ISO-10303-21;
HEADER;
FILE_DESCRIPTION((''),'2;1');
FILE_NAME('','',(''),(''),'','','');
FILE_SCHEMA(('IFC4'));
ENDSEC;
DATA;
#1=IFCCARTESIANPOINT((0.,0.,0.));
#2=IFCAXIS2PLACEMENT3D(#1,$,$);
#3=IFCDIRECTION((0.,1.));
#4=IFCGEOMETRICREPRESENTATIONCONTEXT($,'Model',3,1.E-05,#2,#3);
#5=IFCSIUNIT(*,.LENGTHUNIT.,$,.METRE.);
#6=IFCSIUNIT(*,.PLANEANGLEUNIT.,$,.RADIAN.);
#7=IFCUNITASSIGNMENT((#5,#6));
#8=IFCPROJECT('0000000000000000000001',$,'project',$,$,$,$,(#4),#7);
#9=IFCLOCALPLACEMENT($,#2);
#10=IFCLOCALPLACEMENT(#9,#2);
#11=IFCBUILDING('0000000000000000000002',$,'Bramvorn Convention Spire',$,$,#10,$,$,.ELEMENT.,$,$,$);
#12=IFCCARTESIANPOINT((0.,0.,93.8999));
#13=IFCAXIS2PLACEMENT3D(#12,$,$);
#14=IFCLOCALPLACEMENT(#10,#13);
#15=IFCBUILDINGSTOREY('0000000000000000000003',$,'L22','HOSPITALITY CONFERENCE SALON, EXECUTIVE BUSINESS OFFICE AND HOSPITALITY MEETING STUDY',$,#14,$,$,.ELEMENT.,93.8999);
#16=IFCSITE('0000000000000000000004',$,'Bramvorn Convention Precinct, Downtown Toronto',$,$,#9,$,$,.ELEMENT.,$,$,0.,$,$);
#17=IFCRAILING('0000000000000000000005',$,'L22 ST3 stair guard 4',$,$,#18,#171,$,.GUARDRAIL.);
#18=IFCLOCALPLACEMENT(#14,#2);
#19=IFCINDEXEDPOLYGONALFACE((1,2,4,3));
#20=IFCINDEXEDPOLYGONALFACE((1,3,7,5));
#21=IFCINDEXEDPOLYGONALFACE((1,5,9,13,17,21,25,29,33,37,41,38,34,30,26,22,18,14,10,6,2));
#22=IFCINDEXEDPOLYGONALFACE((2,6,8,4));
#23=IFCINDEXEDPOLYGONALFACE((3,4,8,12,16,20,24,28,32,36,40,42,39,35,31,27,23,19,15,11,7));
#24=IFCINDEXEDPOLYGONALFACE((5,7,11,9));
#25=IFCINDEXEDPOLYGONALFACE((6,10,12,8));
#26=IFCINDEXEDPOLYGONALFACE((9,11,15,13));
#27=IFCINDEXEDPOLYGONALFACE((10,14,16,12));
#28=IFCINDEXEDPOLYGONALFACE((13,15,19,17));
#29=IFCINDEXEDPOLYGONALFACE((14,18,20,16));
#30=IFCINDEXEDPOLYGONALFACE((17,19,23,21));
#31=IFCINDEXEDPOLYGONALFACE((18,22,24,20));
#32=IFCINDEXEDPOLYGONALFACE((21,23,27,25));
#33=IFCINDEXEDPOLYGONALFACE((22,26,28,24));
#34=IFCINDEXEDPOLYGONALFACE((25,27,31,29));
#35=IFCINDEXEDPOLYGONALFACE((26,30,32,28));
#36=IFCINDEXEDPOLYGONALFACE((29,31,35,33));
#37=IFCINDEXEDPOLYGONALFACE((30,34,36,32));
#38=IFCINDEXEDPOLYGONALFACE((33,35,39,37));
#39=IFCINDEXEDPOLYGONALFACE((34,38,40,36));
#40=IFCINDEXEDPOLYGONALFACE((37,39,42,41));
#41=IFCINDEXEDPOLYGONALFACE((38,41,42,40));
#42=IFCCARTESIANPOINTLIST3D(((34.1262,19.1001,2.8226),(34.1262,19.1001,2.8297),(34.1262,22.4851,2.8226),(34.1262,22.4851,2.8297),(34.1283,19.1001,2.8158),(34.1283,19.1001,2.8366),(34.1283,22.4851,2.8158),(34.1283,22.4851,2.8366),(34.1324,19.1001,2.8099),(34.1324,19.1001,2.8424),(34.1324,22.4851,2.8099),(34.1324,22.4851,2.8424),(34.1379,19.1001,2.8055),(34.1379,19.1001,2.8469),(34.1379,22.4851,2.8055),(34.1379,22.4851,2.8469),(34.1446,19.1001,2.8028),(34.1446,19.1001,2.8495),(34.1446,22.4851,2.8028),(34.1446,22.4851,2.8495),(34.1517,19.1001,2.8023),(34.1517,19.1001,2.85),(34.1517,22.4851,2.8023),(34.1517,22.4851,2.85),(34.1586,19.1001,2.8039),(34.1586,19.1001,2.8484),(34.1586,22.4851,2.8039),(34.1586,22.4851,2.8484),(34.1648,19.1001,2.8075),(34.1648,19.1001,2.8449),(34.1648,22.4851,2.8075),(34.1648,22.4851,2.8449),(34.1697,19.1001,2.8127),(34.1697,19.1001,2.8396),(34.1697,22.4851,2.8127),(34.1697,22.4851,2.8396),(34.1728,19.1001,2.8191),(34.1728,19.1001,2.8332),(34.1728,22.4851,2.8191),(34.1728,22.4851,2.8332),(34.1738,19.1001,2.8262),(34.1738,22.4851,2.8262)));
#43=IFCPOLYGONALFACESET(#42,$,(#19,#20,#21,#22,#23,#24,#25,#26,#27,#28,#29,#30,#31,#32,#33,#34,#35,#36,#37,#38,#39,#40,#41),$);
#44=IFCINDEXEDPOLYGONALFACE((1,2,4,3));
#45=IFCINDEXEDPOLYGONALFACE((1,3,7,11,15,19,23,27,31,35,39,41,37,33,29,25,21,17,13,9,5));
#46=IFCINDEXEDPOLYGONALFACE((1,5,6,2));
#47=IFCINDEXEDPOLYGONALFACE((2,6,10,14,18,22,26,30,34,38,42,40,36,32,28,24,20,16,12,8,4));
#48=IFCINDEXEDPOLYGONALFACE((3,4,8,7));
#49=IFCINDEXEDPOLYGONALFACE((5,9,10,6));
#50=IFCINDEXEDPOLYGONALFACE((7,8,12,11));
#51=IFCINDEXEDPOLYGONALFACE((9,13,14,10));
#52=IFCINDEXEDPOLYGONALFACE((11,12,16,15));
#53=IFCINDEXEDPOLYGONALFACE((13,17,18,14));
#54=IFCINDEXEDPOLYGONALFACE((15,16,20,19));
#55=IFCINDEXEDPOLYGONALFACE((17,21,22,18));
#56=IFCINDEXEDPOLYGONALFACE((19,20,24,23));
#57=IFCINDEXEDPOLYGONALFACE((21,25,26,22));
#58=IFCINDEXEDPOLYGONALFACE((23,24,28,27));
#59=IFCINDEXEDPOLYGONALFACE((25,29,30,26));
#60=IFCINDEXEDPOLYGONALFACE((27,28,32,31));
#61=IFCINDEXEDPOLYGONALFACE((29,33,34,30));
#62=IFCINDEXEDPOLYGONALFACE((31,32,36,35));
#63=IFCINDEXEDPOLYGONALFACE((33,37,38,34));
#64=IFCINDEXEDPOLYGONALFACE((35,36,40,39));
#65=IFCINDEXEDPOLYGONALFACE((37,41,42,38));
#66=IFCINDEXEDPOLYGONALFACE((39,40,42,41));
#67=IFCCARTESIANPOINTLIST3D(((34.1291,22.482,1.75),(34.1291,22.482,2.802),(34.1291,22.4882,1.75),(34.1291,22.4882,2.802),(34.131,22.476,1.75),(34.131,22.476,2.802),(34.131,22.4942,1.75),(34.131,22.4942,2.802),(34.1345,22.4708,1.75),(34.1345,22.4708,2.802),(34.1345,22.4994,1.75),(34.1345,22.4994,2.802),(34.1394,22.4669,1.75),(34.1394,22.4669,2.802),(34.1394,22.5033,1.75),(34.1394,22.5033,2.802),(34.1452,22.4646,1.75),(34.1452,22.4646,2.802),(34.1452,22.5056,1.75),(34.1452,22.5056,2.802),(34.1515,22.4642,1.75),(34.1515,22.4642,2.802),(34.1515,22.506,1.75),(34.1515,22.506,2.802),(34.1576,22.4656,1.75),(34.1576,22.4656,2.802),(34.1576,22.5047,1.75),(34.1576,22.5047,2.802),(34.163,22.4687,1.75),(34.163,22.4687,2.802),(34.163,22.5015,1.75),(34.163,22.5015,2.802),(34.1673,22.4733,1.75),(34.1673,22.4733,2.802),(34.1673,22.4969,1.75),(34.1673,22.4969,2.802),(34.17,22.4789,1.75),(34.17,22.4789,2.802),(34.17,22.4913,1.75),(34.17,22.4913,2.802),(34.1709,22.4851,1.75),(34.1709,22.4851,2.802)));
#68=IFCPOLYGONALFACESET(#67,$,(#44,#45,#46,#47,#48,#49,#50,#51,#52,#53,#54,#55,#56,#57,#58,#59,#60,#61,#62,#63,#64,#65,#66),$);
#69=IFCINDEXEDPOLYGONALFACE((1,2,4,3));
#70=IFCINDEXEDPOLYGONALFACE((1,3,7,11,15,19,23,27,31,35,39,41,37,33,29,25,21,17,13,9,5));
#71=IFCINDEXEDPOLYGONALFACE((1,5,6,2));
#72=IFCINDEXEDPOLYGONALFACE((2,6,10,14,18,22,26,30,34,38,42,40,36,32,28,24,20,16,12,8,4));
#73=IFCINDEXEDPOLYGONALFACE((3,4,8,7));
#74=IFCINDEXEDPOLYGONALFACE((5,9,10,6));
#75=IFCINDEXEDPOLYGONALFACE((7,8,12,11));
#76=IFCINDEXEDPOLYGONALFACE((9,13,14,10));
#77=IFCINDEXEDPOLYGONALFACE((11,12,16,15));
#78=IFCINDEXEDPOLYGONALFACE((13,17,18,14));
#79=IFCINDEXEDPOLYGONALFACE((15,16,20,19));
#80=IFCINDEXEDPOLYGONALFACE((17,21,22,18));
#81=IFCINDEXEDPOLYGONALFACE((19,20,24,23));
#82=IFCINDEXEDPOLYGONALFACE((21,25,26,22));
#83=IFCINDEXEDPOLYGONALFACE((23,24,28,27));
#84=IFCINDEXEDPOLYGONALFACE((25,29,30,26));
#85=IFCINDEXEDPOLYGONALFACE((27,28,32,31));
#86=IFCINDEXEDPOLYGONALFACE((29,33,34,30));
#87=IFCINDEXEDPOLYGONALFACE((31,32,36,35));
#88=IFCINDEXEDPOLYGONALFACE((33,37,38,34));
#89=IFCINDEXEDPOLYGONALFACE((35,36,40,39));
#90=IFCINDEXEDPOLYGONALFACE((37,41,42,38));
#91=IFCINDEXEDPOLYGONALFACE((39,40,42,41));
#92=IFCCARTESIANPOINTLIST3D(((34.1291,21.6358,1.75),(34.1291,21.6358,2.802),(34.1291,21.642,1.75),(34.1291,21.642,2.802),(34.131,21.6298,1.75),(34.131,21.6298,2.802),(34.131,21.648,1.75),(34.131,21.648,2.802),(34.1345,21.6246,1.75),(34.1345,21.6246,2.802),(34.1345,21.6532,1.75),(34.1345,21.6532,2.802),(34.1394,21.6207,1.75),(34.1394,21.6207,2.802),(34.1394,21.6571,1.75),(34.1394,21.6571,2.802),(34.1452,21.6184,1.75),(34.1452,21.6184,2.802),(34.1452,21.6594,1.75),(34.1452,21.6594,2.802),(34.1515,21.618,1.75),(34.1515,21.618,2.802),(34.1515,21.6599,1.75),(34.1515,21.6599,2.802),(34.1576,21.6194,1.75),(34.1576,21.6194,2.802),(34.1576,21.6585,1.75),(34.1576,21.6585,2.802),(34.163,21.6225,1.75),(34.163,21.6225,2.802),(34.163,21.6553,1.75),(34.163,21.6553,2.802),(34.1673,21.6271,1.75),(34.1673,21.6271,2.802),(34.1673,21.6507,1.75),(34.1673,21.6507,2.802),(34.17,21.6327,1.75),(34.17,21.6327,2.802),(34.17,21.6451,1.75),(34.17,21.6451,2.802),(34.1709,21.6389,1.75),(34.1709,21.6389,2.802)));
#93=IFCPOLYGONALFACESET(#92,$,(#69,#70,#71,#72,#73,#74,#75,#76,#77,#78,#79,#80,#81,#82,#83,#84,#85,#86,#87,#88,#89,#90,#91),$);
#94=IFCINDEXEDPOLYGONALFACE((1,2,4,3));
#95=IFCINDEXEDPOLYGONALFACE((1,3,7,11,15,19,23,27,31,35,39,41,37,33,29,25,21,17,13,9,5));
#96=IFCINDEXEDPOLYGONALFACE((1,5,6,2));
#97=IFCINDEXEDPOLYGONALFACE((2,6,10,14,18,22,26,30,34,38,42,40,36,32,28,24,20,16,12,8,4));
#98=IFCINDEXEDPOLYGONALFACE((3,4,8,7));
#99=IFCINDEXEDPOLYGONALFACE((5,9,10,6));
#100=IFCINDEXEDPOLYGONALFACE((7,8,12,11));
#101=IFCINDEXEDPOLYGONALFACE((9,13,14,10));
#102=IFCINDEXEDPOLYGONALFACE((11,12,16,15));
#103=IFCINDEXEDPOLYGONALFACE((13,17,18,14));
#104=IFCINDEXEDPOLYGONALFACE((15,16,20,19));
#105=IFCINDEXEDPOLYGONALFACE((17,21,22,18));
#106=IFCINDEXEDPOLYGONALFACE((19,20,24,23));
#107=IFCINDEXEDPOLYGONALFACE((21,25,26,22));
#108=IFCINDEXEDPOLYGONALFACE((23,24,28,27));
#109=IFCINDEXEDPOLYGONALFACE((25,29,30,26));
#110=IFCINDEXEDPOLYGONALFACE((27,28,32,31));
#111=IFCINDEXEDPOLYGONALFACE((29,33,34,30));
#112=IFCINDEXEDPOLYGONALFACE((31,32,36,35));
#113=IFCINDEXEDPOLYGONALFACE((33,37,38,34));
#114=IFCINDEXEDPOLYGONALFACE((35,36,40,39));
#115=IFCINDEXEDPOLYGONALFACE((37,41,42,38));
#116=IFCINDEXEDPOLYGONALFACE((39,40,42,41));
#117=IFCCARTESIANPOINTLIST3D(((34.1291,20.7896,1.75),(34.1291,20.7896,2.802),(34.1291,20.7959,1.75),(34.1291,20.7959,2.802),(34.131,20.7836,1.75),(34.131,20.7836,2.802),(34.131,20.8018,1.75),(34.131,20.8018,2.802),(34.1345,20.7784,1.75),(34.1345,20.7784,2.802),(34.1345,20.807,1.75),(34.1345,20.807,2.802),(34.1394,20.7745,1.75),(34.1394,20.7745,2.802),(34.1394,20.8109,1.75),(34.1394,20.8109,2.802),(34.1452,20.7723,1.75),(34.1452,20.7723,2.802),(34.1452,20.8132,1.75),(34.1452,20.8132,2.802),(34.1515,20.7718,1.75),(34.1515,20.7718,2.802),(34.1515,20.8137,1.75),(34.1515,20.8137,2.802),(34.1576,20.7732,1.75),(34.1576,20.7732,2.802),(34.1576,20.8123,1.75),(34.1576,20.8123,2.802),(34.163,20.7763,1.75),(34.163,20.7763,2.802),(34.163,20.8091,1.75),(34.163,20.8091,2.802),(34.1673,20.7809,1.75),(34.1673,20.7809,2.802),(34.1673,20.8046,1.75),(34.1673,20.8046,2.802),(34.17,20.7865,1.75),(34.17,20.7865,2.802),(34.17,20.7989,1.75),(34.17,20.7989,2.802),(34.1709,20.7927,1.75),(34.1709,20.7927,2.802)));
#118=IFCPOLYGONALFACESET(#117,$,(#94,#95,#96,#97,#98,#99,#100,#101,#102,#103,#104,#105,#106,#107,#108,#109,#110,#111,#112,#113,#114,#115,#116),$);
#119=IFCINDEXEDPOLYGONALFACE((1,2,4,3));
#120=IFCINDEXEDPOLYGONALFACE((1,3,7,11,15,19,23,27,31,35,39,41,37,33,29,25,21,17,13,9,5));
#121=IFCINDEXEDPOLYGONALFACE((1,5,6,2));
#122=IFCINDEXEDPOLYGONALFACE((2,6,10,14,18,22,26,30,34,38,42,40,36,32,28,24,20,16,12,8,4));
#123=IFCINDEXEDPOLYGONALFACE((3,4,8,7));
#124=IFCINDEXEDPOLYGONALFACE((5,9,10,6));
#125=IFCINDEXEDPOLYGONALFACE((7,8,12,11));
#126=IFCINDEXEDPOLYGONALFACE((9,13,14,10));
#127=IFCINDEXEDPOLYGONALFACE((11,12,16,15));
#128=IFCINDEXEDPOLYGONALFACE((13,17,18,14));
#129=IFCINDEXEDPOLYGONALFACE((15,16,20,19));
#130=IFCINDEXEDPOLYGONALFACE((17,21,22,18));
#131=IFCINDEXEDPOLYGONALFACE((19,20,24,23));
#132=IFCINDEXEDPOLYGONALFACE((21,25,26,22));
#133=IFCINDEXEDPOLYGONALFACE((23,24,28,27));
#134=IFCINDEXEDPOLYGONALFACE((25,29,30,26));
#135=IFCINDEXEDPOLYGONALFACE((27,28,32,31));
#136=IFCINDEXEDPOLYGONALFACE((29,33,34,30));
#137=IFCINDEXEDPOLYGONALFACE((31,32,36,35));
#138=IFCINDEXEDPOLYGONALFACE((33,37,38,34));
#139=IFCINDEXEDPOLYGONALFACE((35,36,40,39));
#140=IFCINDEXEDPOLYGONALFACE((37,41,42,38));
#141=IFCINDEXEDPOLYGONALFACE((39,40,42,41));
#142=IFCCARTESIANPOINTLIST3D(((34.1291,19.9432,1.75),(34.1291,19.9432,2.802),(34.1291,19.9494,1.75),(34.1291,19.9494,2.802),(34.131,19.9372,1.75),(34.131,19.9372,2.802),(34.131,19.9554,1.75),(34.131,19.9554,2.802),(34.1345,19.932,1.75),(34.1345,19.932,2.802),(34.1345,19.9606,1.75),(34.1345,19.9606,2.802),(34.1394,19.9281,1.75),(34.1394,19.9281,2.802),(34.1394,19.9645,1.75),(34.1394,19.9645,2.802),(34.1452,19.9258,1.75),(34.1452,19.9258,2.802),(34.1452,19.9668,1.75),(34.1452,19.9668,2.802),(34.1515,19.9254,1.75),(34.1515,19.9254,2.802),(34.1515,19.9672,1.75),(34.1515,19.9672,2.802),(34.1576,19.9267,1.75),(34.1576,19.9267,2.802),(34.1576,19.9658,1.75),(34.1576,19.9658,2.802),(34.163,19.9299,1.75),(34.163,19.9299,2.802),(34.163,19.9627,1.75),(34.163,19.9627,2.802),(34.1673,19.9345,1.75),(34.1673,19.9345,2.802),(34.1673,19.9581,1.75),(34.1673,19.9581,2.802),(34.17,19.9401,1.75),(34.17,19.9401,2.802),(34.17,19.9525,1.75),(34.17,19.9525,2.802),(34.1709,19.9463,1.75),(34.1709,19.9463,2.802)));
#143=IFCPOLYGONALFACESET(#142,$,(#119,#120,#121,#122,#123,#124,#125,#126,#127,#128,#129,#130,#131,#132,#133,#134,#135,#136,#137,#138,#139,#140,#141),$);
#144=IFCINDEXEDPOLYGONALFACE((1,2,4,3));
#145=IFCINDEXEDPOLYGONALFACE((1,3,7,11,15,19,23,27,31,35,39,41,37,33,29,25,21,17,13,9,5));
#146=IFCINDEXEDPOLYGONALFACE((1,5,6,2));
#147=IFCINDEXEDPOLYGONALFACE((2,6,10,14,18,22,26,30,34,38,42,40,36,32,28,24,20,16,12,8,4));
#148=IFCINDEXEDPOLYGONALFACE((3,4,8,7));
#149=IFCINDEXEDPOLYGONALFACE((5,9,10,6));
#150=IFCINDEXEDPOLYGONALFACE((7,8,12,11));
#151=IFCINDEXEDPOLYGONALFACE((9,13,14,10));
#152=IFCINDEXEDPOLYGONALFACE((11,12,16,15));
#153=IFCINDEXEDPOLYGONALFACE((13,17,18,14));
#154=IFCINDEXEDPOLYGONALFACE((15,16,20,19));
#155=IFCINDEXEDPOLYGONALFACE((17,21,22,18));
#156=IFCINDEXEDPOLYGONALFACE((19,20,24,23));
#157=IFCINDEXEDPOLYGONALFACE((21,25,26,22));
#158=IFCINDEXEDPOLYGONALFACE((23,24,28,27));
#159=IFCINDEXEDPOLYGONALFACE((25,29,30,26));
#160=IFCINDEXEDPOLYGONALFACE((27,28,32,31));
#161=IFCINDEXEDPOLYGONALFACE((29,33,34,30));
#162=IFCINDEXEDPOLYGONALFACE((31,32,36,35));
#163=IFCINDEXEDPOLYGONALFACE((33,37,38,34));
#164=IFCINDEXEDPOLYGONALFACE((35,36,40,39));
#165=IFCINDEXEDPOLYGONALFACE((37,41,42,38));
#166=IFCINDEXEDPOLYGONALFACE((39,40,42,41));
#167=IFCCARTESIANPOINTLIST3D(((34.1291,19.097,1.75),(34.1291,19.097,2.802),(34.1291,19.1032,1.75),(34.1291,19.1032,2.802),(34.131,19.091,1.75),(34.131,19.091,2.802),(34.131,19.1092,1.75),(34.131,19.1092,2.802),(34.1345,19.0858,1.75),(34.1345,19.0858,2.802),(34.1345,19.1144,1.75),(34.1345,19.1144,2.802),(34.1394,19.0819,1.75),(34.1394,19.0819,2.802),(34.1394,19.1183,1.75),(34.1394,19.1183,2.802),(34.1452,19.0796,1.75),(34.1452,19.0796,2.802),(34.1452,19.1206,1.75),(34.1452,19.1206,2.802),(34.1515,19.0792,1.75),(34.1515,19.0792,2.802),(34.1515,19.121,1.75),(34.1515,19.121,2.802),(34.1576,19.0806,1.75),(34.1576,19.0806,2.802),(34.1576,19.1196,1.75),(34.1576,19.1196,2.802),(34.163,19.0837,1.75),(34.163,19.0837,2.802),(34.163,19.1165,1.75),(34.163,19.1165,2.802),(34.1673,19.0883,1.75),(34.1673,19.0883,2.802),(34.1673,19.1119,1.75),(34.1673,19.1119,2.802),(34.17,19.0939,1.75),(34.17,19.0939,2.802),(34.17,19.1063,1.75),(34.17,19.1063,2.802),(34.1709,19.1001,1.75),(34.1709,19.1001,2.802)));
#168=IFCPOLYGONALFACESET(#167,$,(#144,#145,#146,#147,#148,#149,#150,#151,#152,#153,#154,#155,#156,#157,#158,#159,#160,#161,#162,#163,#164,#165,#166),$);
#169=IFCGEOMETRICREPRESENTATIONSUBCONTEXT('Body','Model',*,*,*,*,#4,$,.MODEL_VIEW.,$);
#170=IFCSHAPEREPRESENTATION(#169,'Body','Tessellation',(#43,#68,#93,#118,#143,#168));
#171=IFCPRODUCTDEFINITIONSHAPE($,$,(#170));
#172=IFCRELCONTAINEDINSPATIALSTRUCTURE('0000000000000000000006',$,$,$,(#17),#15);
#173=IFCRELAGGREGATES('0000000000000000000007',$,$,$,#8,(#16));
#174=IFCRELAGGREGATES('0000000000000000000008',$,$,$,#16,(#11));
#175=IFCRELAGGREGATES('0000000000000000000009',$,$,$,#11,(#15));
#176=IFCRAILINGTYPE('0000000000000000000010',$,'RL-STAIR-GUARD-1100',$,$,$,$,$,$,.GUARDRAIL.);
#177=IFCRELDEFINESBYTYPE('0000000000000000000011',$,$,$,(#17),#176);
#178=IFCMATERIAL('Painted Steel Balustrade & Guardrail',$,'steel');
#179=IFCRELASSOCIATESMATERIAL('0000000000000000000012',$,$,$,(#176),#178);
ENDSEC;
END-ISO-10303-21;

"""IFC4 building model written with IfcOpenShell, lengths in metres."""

from ifc_helpers import new_model, si_unit, direction, frame, origin, origin_2d, place, context, subcontext, project, spatial, circle, extrude, material, type_object, element, save


model = new_model("IFC4")

# Units and contexts
model_context = context("Model", 3, precision=1e-05, world=origin(), true_north=direction((0.0, 1.0)))
body_context = subcontext(model_context, "Body", "Model", "MODEL_VIEW")
ifc_project = project(units=[si_unit("LENGTHUNIT", "METRE"), si_unit("PLANEANGLEUNIT", "RADIAN")], contexts=[model_context])

# Site, building, storey
site_placement = place(None, origin())
site = spatial("IfcSite", under=ifc_project, at=site_placement, Name="Bramvorn Convention Precinct, Downtown Toronto", CompositionType="ELEMENT", RefElevation=0.0)
building_placement = place(site_placement, origin())
building = spatial("IfcBuilding", under=site, at=building_placement, Name="Bramvorn Convention Spire", CompositionType="ELEMENT")
storey_placement = place(building_placement, frame((0.0, 0.0, 93.8999)))
storey = spatial("IfcBuildingStorey", under=building, at=storey_placement, Name="L22", Description="HOSPITALITY CONFERENCE SALON, EXECUTIVE BUSINESS OFFICE AND HOSPITALITY MEETING STUDY", CompositionType="ELEMENT", Elevation=93.8999)

# Railing
ifc_material_1 = material(Name="Painted Steel Balustrade & Guardrail", Category="steel")
railing_type_1 = type_object("IfcRailingType", Name="RL-STAIR-GUARD-1100", PredefinedType="GUARDRAIL", material=ifc_material_1)
for number, where, name in (
    (1, (34.1499, 22.4851, 1.75), "L22 ST3 stair guard 4"),
):
    element("IfcRailing", number, at=place(storey_placement, frame(where)), inside=storey, type_object=railing_type_1, Name=name, PredefinedType="GUARDRAIL", context=body_context, shape_type="SweptSolid", body=[
        extrude(circle(Radius=0.0239, at=origin_2d()), frame((0.0, 0.0, 1.0762), z_axis=(0.0, -1.0, 0.0), x_axis=(1.0, 0.0, 0.0)), (0.0, 0.0, 1.0), 3.385),
        extrude(circle(Radius=0.021, at=origin_2d()), origin(), (0.0, 0.0, 1.0), 1.052),
        extrude(circle(Radius=0.021, at=origin_2d()), frame((0.0, -0.8462, 0.0)), (0.0, 0.0, 1.0), 1.052),
        extrude(circle(Radius=0.021, at=origin_2d()), frame((0.0, -1.6924, 0.0)), (0.0, 0.0, 1.0), 1.052),
        extrude(circle(Radius=0.021, at=origin_2d()), frame((0.0, -2.5388, 0.0)), (0.0, 0.0, 1.0), 1.052),
        extrude(circle(Radius=0.021, at=origin_2d()), frame((0.0, -3.385, 0.0)), (0.0, 0.0, 1.0), 1.052),
    ])

save(model, "model.ifc")
